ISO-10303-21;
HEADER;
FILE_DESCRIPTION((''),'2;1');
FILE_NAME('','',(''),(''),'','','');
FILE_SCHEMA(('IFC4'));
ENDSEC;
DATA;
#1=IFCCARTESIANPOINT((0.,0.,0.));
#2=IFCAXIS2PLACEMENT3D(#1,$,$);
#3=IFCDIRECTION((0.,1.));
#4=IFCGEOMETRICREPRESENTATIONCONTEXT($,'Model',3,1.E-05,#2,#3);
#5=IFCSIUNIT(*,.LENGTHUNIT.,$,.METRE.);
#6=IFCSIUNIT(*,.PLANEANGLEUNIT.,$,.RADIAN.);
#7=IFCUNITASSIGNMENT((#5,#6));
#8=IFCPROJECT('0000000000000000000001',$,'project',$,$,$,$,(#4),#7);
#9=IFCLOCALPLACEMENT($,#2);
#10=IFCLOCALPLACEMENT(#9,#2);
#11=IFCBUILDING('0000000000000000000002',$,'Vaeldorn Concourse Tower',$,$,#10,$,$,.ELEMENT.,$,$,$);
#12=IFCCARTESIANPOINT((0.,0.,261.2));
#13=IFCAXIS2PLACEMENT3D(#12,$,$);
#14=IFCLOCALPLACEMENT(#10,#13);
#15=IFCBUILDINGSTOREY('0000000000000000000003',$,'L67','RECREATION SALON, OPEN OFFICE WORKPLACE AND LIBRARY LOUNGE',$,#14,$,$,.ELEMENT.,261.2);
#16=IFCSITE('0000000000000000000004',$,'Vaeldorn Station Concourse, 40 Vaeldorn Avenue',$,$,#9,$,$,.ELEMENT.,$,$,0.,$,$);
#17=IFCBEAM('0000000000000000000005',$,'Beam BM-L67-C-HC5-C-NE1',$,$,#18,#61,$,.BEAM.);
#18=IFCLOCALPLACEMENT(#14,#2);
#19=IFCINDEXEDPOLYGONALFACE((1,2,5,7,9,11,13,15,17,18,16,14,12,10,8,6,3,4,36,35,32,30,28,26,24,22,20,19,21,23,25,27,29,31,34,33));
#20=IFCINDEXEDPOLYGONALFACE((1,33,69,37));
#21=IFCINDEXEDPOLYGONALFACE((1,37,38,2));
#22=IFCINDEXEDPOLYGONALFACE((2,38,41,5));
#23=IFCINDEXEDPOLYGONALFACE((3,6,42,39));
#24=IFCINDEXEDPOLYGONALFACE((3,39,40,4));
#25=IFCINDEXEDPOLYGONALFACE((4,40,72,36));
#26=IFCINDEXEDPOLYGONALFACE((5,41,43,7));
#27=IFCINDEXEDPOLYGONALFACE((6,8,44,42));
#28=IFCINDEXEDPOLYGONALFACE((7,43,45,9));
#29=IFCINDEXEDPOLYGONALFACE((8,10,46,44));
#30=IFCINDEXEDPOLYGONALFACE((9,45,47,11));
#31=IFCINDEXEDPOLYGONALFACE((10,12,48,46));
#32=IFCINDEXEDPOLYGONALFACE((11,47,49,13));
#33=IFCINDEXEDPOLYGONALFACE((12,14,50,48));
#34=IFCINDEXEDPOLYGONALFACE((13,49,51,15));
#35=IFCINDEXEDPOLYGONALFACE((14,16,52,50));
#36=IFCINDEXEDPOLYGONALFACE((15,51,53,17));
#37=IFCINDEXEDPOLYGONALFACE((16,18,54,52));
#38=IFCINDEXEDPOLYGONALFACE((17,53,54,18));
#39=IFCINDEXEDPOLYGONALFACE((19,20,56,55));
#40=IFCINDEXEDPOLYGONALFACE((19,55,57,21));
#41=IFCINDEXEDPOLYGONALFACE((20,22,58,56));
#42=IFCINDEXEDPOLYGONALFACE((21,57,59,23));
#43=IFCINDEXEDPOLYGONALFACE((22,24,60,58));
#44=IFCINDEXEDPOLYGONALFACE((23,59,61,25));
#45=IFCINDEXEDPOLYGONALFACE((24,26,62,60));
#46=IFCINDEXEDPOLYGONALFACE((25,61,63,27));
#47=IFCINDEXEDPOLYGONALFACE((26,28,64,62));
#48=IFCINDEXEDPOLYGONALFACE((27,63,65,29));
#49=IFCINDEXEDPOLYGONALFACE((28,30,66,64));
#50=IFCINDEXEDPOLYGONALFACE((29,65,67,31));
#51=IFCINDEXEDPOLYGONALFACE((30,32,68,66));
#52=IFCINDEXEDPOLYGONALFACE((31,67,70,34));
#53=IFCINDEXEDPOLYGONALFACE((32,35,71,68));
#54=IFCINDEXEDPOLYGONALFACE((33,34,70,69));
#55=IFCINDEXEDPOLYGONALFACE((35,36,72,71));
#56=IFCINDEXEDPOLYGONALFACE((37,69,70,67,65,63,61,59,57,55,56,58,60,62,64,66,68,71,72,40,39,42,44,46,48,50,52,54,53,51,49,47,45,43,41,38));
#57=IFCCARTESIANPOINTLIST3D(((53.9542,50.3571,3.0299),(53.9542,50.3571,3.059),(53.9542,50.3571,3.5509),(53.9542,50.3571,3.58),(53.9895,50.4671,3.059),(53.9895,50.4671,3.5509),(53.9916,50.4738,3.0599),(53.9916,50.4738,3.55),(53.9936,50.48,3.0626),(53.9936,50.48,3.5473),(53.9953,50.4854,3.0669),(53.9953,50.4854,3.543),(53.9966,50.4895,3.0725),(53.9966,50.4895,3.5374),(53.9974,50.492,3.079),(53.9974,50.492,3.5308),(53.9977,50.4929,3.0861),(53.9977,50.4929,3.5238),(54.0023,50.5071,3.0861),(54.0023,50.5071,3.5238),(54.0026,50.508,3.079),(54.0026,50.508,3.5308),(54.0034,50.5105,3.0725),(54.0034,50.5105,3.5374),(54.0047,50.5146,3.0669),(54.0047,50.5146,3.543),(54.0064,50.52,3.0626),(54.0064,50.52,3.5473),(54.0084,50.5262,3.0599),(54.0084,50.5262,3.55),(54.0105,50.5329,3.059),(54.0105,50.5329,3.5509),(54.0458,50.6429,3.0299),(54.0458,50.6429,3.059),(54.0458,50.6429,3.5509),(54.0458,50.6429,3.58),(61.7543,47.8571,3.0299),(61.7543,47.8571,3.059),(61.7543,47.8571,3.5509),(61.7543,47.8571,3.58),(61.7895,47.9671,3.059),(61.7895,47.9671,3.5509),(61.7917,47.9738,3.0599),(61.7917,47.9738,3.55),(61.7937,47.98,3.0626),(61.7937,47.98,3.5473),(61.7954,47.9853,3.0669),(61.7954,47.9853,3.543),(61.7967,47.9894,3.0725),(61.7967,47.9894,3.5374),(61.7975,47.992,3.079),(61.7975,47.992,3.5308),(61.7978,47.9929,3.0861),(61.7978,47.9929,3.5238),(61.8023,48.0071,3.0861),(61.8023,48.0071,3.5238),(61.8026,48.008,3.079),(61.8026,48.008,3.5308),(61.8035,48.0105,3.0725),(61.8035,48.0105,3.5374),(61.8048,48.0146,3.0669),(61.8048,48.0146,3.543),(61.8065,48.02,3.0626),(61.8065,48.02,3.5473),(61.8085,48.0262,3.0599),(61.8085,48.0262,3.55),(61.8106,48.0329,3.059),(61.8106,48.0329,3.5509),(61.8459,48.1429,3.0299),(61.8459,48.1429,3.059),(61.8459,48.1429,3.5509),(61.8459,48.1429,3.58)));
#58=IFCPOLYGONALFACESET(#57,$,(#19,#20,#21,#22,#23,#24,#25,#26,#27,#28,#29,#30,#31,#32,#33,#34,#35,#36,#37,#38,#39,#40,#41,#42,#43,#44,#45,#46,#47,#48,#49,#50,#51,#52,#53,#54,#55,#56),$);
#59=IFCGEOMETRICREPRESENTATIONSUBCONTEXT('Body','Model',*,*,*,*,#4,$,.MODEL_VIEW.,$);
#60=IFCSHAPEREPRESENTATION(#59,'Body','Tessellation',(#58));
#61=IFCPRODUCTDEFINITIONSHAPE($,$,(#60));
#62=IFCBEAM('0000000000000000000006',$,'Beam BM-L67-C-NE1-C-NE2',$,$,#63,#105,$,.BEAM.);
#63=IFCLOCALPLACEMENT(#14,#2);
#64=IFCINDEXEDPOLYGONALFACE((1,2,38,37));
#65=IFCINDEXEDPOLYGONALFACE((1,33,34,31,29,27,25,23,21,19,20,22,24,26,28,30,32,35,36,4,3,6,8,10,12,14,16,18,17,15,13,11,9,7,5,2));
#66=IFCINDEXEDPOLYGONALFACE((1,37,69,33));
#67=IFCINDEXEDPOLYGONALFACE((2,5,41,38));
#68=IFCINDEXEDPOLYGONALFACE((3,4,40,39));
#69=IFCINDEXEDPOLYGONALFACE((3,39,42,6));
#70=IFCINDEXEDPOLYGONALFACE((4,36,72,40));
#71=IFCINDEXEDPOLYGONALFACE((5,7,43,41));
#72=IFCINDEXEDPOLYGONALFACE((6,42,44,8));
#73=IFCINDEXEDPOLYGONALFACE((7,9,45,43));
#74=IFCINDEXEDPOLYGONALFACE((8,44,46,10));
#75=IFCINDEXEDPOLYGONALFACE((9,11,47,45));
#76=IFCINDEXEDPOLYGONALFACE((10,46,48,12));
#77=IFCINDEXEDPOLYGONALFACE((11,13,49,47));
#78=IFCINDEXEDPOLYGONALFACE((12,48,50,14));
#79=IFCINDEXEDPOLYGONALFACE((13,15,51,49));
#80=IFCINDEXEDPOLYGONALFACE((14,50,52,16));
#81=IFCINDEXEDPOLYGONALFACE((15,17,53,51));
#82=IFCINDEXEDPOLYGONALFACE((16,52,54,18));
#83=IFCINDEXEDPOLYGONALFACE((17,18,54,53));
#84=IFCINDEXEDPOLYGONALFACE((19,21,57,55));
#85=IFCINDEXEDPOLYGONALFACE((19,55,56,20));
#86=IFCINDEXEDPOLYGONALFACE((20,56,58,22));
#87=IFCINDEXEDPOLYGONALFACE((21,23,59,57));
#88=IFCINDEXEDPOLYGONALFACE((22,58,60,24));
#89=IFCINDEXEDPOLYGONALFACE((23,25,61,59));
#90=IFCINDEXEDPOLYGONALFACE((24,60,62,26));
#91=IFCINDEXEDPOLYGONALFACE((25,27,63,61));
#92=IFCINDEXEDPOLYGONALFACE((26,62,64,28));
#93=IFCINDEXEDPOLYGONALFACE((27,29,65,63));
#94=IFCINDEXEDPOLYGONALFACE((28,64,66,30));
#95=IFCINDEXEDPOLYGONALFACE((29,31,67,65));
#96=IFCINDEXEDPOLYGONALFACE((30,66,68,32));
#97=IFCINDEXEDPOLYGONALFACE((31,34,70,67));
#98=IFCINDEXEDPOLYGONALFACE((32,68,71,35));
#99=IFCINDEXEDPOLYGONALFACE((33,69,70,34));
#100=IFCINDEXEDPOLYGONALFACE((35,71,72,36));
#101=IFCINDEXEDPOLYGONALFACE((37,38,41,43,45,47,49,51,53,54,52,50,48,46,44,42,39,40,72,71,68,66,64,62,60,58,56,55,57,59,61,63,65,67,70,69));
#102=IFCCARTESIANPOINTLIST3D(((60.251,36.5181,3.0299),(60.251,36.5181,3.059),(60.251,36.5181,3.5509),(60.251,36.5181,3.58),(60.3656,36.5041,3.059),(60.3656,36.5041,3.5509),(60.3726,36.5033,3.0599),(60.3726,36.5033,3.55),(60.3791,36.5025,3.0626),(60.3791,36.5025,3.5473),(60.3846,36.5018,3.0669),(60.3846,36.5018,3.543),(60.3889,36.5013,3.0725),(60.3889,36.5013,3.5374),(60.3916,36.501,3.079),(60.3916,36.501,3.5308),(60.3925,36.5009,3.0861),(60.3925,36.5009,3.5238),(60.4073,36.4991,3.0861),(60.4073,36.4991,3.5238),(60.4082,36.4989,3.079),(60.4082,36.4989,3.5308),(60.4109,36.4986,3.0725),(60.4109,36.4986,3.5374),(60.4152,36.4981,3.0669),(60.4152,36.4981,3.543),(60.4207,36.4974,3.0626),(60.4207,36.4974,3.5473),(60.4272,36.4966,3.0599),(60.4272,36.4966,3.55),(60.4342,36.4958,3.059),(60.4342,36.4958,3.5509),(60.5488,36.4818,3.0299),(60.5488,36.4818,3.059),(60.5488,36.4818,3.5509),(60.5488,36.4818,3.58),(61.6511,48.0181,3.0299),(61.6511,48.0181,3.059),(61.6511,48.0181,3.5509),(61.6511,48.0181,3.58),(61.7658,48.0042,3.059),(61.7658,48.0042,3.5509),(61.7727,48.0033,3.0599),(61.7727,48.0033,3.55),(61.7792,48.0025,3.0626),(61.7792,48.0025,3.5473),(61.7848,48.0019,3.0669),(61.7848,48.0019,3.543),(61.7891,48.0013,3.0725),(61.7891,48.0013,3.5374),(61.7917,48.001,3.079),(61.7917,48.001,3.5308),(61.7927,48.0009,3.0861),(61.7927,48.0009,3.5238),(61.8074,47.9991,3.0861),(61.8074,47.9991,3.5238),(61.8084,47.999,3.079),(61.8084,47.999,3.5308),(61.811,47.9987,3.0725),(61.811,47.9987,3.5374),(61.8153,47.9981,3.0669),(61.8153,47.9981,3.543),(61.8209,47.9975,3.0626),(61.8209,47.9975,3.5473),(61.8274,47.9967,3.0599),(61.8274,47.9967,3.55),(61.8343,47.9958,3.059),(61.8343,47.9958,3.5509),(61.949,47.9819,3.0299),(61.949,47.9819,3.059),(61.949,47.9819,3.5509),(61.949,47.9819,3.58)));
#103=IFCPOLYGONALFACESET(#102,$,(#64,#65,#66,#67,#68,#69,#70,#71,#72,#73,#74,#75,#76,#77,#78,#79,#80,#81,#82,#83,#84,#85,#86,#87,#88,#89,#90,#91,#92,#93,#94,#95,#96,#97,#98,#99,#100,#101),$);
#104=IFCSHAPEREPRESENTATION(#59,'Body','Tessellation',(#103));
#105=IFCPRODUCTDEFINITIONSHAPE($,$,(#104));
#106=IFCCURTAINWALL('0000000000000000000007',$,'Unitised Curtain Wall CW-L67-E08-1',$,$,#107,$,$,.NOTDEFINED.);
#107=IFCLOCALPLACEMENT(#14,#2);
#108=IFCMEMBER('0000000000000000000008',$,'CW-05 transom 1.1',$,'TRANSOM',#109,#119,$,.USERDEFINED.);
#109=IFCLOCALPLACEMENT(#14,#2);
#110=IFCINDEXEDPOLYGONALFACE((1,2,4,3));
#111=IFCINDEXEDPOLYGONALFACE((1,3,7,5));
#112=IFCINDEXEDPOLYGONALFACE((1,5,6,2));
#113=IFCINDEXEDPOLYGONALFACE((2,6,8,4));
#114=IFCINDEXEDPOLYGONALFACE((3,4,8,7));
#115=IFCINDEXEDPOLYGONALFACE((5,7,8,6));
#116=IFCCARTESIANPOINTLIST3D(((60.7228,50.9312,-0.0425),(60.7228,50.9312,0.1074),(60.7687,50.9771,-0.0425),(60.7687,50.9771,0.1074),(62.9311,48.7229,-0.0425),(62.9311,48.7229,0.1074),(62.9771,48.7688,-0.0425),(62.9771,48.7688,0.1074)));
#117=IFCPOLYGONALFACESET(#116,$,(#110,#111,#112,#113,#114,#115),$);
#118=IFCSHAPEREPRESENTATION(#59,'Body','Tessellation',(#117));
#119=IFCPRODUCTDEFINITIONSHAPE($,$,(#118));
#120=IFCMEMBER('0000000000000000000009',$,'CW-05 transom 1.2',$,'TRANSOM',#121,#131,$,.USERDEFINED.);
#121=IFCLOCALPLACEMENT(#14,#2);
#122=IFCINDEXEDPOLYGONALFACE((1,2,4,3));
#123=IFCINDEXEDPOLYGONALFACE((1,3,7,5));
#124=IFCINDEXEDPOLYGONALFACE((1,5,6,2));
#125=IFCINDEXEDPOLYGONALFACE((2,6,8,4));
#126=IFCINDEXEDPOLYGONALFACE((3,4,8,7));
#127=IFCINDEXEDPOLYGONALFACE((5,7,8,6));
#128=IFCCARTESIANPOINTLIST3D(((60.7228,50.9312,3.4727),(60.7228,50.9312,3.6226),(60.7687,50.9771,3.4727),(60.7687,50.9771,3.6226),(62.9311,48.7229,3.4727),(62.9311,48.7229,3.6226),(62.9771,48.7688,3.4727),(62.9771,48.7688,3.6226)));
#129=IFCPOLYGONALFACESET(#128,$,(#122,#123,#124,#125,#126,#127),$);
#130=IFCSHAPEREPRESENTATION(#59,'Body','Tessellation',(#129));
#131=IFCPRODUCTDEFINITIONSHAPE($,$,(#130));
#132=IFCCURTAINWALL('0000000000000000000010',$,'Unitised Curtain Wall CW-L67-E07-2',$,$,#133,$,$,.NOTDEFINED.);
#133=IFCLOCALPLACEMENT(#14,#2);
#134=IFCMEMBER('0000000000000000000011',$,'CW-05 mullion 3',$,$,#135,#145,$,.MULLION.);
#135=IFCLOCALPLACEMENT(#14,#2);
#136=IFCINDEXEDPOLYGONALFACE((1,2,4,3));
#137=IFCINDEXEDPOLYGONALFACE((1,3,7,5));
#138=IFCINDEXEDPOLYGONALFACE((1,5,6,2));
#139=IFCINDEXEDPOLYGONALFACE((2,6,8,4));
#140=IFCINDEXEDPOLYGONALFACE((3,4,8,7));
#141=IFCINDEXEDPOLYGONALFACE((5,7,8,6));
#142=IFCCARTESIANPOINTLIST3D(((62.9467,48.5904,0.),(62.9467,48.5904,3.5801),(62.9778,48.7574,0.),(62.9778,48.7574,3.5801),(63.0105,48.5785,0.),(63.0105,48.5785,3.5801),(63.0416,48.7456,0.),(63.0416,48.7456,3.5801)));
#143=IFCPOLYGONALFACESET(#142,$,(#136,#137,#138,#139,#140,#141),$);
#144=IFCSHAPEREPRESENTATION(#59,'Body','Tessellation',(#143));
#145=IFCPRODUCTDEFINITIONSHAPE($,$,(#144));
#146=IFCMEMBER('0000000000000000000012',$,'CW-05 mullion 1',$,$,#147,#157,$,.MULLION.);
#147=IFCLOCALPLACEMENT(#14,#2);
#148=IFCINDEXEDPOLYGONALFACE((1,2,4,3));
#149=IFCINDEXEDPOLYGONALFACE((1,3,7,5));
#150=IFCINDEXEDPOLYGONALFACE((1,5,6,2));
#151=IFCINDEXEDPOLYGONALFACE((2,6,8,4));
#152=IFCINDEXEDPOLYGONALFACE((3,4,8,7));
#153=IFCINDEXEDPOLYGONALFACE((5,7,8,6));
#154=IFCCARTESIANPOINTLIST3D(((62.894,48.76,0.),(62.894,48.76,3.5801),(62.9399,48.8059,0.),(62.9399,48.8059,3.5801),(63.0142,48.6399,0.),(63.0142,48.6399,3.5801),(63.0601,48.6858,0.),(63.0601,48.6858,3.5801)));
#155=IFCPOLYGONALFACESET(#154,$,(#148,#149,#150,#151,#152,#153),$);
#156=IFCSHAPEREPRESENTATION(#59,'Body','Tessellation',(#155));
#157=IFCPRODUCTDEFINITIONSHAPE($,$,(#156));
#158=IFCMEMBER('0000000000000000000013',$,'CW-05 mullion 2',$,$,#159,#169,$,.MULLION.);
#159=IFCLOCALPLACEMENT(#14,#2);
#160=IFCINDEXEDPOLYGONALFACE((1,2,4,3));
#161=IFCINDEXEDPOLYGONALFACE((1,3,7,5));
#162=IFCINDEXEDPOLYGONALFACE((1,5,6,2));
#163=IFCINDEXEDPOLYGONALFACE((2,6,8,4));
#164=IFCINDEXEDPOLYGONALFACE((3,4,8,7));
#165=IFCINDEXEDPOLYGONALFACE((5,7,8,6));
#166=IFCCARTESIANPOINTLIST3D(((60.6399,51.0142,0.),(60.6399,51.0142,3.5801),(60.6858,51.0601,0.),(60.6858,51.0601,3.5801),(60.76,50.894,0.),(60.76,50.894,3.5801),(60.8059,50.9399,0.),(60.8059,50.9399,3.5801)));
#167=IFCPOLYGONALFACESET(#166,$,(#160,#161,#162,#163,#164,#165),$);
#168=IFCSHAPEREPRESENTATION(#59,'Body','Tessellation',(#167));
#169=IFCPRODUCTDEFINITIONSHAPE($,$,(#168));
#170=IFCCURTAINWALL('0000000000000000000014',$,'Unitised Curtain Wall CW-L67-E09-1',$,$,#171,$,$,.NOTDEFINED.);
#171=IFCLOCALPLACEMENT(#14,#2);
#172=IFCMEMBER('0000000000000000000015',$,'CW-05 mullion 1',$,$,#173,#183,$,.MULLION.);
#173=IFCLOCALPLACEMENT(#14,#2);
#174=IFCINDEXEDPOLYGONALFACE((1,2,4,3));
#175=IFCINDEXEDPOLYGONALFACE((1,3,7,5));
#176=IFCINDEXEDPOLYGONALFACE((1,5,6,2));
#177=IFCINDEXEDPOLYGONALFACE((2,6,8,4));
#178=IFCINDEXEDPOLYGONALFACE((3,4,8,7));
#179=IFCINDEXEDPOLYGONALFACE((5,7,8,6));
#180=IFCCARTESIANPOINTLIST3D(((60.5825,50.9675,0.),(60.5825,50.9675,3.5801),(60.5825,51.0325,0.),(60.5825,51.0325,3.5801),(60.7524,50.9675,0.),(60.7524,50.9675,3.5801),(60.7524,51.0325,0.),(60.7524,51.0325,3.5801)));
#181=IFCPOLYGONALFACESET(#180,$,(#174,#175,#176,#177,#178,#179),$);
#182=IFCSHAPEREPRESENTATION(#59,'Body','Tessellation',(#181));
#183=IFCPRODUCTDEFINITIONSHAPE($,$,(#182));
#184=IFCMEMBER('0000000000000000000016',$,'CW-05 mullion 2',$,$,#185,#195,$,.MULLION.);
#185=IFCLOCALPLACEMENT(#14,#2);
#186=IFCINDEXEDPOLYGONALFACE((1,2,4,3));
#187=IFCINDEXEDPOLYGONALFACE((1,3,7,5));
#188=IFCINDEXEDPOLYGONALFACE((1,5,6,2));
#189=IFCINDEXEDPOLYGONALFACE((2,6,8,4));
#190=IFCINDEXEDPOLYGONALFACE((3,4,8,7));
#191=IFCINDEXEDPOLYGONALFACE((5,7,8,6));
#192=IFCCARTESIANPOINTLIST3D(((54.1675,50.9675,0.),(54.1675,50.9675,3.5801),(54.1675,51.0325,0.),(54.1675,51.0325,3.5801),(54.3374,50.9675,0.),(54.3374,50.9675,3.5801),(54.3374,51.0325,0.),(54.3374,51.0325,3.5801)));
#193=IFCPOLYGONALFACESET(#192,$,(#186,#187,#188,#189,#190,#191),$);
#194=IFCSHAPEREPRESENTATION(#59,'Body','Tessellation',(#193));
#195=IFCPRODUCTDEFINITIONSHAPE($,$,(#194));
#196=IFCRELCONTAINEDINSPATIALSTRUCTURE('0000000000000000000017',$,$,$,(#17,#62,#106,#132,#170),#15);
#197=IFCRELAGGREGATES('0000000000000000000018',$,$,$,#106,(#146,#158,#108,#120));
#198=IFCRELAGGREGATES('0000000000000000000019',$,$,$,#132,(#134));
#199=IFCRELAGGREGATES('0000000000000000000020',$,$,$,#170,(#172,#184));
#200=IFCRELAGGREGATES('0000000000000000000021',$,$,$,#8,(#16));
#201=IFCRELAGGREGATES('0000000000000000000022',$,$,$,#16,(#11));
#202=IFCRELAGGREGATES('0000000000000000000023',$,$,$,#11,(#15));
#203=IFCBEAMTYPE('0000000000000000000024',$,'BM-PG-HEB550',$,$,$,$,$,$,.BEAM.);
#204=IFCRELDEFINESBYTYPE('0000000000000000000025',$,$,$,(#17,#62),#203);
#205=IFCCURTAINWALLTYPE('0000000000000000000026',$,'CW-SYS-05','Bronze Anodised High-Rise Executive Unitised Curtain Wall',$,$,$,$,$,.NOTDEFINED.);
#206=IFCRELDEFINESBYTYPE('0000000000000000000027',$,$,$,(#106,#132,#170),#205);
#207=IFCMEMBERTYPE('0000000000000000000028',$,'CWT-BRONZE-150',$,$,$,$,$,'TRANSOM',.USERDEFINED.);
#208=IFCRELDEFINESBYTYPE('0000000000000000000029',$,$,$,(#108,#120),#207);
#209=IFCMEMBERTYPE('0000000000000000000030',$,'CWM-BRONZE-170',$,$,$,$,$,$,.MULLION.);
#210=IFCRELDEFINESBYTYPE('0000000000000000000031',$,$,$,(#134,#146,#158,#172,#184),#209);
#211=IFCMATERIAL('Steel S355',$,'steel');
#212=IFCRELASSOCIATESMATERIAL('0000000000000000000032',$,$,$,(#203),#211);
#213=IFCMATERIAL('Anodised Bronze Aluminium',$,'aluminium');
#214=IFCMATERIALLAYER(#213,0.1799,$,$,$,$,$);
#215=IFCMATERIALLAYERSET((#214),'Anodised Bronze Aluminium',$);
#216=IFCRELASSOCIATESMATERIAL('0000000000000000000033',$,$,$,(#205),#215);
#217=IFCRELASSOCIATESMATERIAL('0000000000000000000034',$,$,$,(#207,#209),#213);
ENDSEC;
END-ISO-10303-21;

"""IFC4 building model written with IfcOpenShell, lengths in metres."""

from ifc_helpers import new_model, si_unit, direction, frame, origin, origin_2d, place, context, subcontext, project, spatial, rectangle, i_section, extrude, source, transform, mapped, material, layer, layer_set, material_profile, profile_set, type_object, element, aggregate, save


model = new_model("IFC4")

# Units and contexts
model_context = context("Model", 3, precision=1e-05, world=origin(), true_north=direction((0.0, 1.0)))
body_context = subcontext(model_context, "Body", "Model", "MODEL_VIEW")
ifc_project = project(units=[si_unit("LENGTHUNIT", "METRE"), si_unit("PLANEANGLEUNIT", "RADIAN")], contexts=[model_context])

# Site, building, storey
site_placement = place(None, origin())
site = spatial("IfcSite", under=ifc_project, at=site_placement, Name="Vaeldorn Station Concourse, 40 Vaeldorn Avenue", CompositionType="ELEMENT", RefElevation=0.0)
building_placement = place(site_placement, origin())
building = spatial("IfcBuilding", under=site, at=building_placement, Name="Vaeldorn Concourse Tower", CompositionType="ELEMENT")
storey_placement = place(building_placement, frame((0.0, 0.0, 261.2)))
storey = spatial("IfcBuildingStorey", under=building, at=storey_placement, Name="L67", Description="RECREATION SALON, OPEN OFFICE WORKPLACE AND LIBRARY LOUNGE", CompositionType="ELEMENT", Elevation=261.2)

# Shared definitions
ifc_material_1 = material(Name="Steel S355", Category="steel")

# Beams
ifc_material_profile_1 = material_profile(ifc_material_1, i_section(OverallWidth=0.3, OverallDepth=0.55, WebThickness=0.0149, FlangeThickness=0.0291, FilletRadius=0.0271, at=origin_2d()), Name="HEB 550")
ifc_profile_set_1 = profile_set([ifc_material_profile_1], Name="Steel S355")
beam_type_1 = type_object("IfcBeamType", Name="BM-PG-HEB550", PredefinedType="BEAM", material=ifc_profile_set_1)
shared_shape_1 = source(origin(), body_context, "Body", "SweptSolid", [
    extrude(i_section(OverallWidth=0.3, OverallDepth=0.55, WebThickness=0.0149, FlangeThickness=0.0291, FilletRadius=0.0271, at=origin_2d()), origin(), (0.0, 0.0, 1.0), 8.1909),
])
beam_1_placement = place(storey_placement, frame((54.0, 50.5, 3.3049), z_axis=(0.952283, -0.305217, 0.0), x_axis=(0.305217, 0.952283, 0.0)))
element("IfcBeam", 1, at=beam_1_placement, inside=storey, type_object=beam_type_1, Name="Beam BM-L67-C-HC5-C-NE1", PredefinedType="BEAM", context=body_context, shape_type="MappedRepresentation", body=[
    mapped(shared_shape_1, transform((0.0, 0.0, 0.0), scale=1.0)),
])
shared_shape_2 = source(origin(), body_context, "Body", "SweptSolid", [
    extrude(i_section(OverallWidth=0.3, OverallDepth=0.55, WebThickness=0.0149, FlangeThickness=0.0291, FilletRadius=0.0271, at=origin_2d()), origin(), (0.0, 0.0, 1.0), 11.585),
])
beam_2_placement = place(storey_placement, frame((61.8, 48.0, 3.3049), z_axis=(-0.120859, -0.99267, 0.0), x_axis=(0.99267, -0.120859, 0.0)))
element("IfcBeam", 2, at=beam_2_placement, inside=storey, type_object=beam_type_1, Name="Beam BM-L67-C-NE1-C-NE2", PredefinedType="BEAM", context=body_context, shape_type="MappedRepresentation", body=[
    mapped(shared_shape_2, transform((0.0, 0.0, 0.0), scale=1.0)),
])

# Curtain wall, members
ifc_material_2 = material(Name="Anodised Bronze Aluminium", Category="aluminium")
ifc_layer_1 = layer(ifc_material_2, 0.1799)
ifc_layer_set_1 = layer_set([ifc_layer_1], Name="Anodised Bronze Aluminium")
curtain_wall_type = type_object("IfcCurtainWallType", Name="CW-SYS-05", Description="Bronze Anodised High-Rise Executive Unitised Curtain Wall", PredefinedType="NOTDEFINED", material=ifc_layer_set_1)
curtain_wall_1_placement = place(storey_placement, origin())
curtain_wall_1 = element("IfcCurtainWall", 3, at=curtain_wall_1_placement, inside=storey, type_object=curtain_wall_type, Name="Unitised Curtain Wall CW-L67-E08-1", PredefinedType="NOTDEFINED")
ifc_material_profile_2 = material_profile(ifc_material_2, rectangle(XDim=0.0649, YDim=0.1499, at=origin_2d()), Name="CWT 65x150")
ifc_profile_set_2 = profile_set([ifc_material_profile_2], Name="Anodised Bronze Aluminium")
member_type_1 = type_object("IfcMemberType", Name="CWT-BRONZE-150", ElementType="TRANSOM", PredefinedType="USERDEFINED", material=ifc_profile_set_2)
shared_shape_3 = source(origin(), body_context, "Body", "SweptSolid", [
    extrude(rectangle(XDim=0.0649, YDim=0.1499, at=origin_2d()), origin(), (0.0, 0.0, 1.0), 3.123),
])
member_1_placement = place(storey_placement, frame((62.9541, 48.7458, 0.0325), z_axis=(-0.707107, 0.707107, 0.0), x_axis=(-0.707107, -0.707107, 0.0)))
member_1 = element("IfcMember", 4, at=member_1_placement, type_object=member_type_1, Name="CW-05 transom 1.1", ObjectType="TRANSOM", PredefinedType="USERDEFINED", context=body_context, shape_type="MappedRepresentation", body=[
    mapped(shared_shape_3, transform((0.0, 0.0, 0.0), scale=1.0)),
])
member_2_placement = place(storey_placement, frame((62.9541, 48.7458, 3.5476), z_axis=(-0.707107, 0.707107, 0.0), x_axis=(-0.707107, -0.707107, 0.0)))
member_2 = element("IfcMember", 5, at=member_2_placement, type_object=member_type_1, Name="CW-05 transom 1.2", ObjectType="TRANSOM", PredefinedType="USERDEFINED", context=body_context, shape_type="MappedRepresentation", body=[
    mapped(shared_shape_3, transform((0.0, 0.0, 0.0), scale=1.0)),
])

# Curtain wall, member
curtain_wall_2_placement = place(storey_placement, origin())
curtain_wall_2 = element("IfcCurtainWall", 6, at=curtain_wall_2_placement, inside=storey, type_object=curtain_wall_type, Name="Unitised Curtain Wall CW-L67-E07-2", PredefinedType="NOTDEFINED")
ifc_material_profile_3 = material_profile(ifc_material_2, rectangle(XDim=0.0649, YDim=0.1699, at=origin_2d()), Name="CWM 65x170")
ifc_profile_set_3 = profile_set([ifc_material_profile_3], Name="Anodised Bronze Aluminium")
member_type_2 = type_object("IfcMemberType", Name="CWM-BRONZE-170", PredefinedType="MULLION", material=ifc_profile_set_3)
shared_shape_4 = source(origin(), body_context, "Body", "SweptSolid", [
    extrude(rectangle(XDim=0.0649, YDim=0.1699, at=origin_2d()), origin(), (0.0, 0.0, 1.0), 3.5801),
])
member_3_placement = place(storey_placement, frame((62.9941, 48.668, 0.0), z_axis=(0.0, 0.0, 1.0), x_axis=(-0.983103, 0.183054, 0.0)))
member_3 = element("IfcMember", 7, at=member_3_placement, type_object=member_type_2, Name="CW-05 mullion 3", PredefinedType="MULLION", context=body_context, shape_type="MappedRepresentation", body=[
    mapped(shared_shape_4, transform((0.0, 0.0, 0.0), scale=1.0)),
])

# Members
member_4_placement = place(storey_placement, frame((62.9771, 48.7229, 0.0), z_axis=(0.0, 0.0, 1.0), x_axis=(-0.707107, -0.707107, 0.0)))
member_4 = element("IfcMember", 8, at=member_4_placement, type_object=member_type_2, Name="CW-05 mullion 1", PredefinedType="MULLION", context=body_context, shape_type="MappedRepresentation", body=[
    mapped(shared_shape_4, transform((0.0, 0.0, 0.0), scale=1.0)),
])
member_5_placement = place(storey_placement, frame((60.7229, 50.9771, 0.0), z_axis=(0.0, 0.0, 1.0), x_axis=(-0.707107, -0.707107, 0.0)))
member_5 = element("IfcMember", 9, at=member_5_placement, type_object=member_type_2, Name="CW-05 mullion 2", PredefinedType="MULLION", context=body_context, shape_type="MappedRepresentation", body=[
    mapped(shared_shape_4, transform((0.0, 0.0, 0.0), scale=1.0)),
])

# Curtain wall, members
curtain_wall_3_placement = place(storey_placement, origin())
curtain_wall_3 = element("IfcCurtainWall", 10, at=curtain_wall_3_placement, inside=storey, type_object=curtain_wall_type, Name="Unitised Curtain Wall CW-L67-E09-1", PredefinedType="NOTDEFINED")
member_6_placement = place(storey_placement, frame((60.6675, 51.0, 0.0), z_axis=(0.0, 0.0, 1.0), x_axis=(0.0, -1.0, 0.0)))
member_6 = element("IfcMember", 11, at=member_6_placement, type_object=member_type_2, Name="CW-05 mullion 1", PredefinedType="MULLION", context=body_context, shape_type="MappedRepresentation", body=[
    mapped(shared_shape_4, transform((0.0, 0.0, 0.0), scale=1.0)),
])
member_7_placement = place(storey_placement, frame((54.2524, 51.0, 0.0), z_axis=(0.0, 0.0, 1.0), x_axis=(0.0, -1.0, 0.0)))
member_7 = element("IfcMember", 12, at=member_7_placement, type_object=member_type_2, Name="CW-05 mullion 2", PredefinedType="MULLION", context=body_context, shape_type="MappedRepresentation", body=[
    mapped(shared_shape_4, transform((0.0, 0.0, 0.0), scale=1.0)),
])

aggregate(curtain_wall_1, [member_4, member_5, member_1, member_2])
aggregate(curtain_wall_2, [member_3])
aggregate(curtain_wall_3, [member_6, member_7])

save(model, "model.ifc")
